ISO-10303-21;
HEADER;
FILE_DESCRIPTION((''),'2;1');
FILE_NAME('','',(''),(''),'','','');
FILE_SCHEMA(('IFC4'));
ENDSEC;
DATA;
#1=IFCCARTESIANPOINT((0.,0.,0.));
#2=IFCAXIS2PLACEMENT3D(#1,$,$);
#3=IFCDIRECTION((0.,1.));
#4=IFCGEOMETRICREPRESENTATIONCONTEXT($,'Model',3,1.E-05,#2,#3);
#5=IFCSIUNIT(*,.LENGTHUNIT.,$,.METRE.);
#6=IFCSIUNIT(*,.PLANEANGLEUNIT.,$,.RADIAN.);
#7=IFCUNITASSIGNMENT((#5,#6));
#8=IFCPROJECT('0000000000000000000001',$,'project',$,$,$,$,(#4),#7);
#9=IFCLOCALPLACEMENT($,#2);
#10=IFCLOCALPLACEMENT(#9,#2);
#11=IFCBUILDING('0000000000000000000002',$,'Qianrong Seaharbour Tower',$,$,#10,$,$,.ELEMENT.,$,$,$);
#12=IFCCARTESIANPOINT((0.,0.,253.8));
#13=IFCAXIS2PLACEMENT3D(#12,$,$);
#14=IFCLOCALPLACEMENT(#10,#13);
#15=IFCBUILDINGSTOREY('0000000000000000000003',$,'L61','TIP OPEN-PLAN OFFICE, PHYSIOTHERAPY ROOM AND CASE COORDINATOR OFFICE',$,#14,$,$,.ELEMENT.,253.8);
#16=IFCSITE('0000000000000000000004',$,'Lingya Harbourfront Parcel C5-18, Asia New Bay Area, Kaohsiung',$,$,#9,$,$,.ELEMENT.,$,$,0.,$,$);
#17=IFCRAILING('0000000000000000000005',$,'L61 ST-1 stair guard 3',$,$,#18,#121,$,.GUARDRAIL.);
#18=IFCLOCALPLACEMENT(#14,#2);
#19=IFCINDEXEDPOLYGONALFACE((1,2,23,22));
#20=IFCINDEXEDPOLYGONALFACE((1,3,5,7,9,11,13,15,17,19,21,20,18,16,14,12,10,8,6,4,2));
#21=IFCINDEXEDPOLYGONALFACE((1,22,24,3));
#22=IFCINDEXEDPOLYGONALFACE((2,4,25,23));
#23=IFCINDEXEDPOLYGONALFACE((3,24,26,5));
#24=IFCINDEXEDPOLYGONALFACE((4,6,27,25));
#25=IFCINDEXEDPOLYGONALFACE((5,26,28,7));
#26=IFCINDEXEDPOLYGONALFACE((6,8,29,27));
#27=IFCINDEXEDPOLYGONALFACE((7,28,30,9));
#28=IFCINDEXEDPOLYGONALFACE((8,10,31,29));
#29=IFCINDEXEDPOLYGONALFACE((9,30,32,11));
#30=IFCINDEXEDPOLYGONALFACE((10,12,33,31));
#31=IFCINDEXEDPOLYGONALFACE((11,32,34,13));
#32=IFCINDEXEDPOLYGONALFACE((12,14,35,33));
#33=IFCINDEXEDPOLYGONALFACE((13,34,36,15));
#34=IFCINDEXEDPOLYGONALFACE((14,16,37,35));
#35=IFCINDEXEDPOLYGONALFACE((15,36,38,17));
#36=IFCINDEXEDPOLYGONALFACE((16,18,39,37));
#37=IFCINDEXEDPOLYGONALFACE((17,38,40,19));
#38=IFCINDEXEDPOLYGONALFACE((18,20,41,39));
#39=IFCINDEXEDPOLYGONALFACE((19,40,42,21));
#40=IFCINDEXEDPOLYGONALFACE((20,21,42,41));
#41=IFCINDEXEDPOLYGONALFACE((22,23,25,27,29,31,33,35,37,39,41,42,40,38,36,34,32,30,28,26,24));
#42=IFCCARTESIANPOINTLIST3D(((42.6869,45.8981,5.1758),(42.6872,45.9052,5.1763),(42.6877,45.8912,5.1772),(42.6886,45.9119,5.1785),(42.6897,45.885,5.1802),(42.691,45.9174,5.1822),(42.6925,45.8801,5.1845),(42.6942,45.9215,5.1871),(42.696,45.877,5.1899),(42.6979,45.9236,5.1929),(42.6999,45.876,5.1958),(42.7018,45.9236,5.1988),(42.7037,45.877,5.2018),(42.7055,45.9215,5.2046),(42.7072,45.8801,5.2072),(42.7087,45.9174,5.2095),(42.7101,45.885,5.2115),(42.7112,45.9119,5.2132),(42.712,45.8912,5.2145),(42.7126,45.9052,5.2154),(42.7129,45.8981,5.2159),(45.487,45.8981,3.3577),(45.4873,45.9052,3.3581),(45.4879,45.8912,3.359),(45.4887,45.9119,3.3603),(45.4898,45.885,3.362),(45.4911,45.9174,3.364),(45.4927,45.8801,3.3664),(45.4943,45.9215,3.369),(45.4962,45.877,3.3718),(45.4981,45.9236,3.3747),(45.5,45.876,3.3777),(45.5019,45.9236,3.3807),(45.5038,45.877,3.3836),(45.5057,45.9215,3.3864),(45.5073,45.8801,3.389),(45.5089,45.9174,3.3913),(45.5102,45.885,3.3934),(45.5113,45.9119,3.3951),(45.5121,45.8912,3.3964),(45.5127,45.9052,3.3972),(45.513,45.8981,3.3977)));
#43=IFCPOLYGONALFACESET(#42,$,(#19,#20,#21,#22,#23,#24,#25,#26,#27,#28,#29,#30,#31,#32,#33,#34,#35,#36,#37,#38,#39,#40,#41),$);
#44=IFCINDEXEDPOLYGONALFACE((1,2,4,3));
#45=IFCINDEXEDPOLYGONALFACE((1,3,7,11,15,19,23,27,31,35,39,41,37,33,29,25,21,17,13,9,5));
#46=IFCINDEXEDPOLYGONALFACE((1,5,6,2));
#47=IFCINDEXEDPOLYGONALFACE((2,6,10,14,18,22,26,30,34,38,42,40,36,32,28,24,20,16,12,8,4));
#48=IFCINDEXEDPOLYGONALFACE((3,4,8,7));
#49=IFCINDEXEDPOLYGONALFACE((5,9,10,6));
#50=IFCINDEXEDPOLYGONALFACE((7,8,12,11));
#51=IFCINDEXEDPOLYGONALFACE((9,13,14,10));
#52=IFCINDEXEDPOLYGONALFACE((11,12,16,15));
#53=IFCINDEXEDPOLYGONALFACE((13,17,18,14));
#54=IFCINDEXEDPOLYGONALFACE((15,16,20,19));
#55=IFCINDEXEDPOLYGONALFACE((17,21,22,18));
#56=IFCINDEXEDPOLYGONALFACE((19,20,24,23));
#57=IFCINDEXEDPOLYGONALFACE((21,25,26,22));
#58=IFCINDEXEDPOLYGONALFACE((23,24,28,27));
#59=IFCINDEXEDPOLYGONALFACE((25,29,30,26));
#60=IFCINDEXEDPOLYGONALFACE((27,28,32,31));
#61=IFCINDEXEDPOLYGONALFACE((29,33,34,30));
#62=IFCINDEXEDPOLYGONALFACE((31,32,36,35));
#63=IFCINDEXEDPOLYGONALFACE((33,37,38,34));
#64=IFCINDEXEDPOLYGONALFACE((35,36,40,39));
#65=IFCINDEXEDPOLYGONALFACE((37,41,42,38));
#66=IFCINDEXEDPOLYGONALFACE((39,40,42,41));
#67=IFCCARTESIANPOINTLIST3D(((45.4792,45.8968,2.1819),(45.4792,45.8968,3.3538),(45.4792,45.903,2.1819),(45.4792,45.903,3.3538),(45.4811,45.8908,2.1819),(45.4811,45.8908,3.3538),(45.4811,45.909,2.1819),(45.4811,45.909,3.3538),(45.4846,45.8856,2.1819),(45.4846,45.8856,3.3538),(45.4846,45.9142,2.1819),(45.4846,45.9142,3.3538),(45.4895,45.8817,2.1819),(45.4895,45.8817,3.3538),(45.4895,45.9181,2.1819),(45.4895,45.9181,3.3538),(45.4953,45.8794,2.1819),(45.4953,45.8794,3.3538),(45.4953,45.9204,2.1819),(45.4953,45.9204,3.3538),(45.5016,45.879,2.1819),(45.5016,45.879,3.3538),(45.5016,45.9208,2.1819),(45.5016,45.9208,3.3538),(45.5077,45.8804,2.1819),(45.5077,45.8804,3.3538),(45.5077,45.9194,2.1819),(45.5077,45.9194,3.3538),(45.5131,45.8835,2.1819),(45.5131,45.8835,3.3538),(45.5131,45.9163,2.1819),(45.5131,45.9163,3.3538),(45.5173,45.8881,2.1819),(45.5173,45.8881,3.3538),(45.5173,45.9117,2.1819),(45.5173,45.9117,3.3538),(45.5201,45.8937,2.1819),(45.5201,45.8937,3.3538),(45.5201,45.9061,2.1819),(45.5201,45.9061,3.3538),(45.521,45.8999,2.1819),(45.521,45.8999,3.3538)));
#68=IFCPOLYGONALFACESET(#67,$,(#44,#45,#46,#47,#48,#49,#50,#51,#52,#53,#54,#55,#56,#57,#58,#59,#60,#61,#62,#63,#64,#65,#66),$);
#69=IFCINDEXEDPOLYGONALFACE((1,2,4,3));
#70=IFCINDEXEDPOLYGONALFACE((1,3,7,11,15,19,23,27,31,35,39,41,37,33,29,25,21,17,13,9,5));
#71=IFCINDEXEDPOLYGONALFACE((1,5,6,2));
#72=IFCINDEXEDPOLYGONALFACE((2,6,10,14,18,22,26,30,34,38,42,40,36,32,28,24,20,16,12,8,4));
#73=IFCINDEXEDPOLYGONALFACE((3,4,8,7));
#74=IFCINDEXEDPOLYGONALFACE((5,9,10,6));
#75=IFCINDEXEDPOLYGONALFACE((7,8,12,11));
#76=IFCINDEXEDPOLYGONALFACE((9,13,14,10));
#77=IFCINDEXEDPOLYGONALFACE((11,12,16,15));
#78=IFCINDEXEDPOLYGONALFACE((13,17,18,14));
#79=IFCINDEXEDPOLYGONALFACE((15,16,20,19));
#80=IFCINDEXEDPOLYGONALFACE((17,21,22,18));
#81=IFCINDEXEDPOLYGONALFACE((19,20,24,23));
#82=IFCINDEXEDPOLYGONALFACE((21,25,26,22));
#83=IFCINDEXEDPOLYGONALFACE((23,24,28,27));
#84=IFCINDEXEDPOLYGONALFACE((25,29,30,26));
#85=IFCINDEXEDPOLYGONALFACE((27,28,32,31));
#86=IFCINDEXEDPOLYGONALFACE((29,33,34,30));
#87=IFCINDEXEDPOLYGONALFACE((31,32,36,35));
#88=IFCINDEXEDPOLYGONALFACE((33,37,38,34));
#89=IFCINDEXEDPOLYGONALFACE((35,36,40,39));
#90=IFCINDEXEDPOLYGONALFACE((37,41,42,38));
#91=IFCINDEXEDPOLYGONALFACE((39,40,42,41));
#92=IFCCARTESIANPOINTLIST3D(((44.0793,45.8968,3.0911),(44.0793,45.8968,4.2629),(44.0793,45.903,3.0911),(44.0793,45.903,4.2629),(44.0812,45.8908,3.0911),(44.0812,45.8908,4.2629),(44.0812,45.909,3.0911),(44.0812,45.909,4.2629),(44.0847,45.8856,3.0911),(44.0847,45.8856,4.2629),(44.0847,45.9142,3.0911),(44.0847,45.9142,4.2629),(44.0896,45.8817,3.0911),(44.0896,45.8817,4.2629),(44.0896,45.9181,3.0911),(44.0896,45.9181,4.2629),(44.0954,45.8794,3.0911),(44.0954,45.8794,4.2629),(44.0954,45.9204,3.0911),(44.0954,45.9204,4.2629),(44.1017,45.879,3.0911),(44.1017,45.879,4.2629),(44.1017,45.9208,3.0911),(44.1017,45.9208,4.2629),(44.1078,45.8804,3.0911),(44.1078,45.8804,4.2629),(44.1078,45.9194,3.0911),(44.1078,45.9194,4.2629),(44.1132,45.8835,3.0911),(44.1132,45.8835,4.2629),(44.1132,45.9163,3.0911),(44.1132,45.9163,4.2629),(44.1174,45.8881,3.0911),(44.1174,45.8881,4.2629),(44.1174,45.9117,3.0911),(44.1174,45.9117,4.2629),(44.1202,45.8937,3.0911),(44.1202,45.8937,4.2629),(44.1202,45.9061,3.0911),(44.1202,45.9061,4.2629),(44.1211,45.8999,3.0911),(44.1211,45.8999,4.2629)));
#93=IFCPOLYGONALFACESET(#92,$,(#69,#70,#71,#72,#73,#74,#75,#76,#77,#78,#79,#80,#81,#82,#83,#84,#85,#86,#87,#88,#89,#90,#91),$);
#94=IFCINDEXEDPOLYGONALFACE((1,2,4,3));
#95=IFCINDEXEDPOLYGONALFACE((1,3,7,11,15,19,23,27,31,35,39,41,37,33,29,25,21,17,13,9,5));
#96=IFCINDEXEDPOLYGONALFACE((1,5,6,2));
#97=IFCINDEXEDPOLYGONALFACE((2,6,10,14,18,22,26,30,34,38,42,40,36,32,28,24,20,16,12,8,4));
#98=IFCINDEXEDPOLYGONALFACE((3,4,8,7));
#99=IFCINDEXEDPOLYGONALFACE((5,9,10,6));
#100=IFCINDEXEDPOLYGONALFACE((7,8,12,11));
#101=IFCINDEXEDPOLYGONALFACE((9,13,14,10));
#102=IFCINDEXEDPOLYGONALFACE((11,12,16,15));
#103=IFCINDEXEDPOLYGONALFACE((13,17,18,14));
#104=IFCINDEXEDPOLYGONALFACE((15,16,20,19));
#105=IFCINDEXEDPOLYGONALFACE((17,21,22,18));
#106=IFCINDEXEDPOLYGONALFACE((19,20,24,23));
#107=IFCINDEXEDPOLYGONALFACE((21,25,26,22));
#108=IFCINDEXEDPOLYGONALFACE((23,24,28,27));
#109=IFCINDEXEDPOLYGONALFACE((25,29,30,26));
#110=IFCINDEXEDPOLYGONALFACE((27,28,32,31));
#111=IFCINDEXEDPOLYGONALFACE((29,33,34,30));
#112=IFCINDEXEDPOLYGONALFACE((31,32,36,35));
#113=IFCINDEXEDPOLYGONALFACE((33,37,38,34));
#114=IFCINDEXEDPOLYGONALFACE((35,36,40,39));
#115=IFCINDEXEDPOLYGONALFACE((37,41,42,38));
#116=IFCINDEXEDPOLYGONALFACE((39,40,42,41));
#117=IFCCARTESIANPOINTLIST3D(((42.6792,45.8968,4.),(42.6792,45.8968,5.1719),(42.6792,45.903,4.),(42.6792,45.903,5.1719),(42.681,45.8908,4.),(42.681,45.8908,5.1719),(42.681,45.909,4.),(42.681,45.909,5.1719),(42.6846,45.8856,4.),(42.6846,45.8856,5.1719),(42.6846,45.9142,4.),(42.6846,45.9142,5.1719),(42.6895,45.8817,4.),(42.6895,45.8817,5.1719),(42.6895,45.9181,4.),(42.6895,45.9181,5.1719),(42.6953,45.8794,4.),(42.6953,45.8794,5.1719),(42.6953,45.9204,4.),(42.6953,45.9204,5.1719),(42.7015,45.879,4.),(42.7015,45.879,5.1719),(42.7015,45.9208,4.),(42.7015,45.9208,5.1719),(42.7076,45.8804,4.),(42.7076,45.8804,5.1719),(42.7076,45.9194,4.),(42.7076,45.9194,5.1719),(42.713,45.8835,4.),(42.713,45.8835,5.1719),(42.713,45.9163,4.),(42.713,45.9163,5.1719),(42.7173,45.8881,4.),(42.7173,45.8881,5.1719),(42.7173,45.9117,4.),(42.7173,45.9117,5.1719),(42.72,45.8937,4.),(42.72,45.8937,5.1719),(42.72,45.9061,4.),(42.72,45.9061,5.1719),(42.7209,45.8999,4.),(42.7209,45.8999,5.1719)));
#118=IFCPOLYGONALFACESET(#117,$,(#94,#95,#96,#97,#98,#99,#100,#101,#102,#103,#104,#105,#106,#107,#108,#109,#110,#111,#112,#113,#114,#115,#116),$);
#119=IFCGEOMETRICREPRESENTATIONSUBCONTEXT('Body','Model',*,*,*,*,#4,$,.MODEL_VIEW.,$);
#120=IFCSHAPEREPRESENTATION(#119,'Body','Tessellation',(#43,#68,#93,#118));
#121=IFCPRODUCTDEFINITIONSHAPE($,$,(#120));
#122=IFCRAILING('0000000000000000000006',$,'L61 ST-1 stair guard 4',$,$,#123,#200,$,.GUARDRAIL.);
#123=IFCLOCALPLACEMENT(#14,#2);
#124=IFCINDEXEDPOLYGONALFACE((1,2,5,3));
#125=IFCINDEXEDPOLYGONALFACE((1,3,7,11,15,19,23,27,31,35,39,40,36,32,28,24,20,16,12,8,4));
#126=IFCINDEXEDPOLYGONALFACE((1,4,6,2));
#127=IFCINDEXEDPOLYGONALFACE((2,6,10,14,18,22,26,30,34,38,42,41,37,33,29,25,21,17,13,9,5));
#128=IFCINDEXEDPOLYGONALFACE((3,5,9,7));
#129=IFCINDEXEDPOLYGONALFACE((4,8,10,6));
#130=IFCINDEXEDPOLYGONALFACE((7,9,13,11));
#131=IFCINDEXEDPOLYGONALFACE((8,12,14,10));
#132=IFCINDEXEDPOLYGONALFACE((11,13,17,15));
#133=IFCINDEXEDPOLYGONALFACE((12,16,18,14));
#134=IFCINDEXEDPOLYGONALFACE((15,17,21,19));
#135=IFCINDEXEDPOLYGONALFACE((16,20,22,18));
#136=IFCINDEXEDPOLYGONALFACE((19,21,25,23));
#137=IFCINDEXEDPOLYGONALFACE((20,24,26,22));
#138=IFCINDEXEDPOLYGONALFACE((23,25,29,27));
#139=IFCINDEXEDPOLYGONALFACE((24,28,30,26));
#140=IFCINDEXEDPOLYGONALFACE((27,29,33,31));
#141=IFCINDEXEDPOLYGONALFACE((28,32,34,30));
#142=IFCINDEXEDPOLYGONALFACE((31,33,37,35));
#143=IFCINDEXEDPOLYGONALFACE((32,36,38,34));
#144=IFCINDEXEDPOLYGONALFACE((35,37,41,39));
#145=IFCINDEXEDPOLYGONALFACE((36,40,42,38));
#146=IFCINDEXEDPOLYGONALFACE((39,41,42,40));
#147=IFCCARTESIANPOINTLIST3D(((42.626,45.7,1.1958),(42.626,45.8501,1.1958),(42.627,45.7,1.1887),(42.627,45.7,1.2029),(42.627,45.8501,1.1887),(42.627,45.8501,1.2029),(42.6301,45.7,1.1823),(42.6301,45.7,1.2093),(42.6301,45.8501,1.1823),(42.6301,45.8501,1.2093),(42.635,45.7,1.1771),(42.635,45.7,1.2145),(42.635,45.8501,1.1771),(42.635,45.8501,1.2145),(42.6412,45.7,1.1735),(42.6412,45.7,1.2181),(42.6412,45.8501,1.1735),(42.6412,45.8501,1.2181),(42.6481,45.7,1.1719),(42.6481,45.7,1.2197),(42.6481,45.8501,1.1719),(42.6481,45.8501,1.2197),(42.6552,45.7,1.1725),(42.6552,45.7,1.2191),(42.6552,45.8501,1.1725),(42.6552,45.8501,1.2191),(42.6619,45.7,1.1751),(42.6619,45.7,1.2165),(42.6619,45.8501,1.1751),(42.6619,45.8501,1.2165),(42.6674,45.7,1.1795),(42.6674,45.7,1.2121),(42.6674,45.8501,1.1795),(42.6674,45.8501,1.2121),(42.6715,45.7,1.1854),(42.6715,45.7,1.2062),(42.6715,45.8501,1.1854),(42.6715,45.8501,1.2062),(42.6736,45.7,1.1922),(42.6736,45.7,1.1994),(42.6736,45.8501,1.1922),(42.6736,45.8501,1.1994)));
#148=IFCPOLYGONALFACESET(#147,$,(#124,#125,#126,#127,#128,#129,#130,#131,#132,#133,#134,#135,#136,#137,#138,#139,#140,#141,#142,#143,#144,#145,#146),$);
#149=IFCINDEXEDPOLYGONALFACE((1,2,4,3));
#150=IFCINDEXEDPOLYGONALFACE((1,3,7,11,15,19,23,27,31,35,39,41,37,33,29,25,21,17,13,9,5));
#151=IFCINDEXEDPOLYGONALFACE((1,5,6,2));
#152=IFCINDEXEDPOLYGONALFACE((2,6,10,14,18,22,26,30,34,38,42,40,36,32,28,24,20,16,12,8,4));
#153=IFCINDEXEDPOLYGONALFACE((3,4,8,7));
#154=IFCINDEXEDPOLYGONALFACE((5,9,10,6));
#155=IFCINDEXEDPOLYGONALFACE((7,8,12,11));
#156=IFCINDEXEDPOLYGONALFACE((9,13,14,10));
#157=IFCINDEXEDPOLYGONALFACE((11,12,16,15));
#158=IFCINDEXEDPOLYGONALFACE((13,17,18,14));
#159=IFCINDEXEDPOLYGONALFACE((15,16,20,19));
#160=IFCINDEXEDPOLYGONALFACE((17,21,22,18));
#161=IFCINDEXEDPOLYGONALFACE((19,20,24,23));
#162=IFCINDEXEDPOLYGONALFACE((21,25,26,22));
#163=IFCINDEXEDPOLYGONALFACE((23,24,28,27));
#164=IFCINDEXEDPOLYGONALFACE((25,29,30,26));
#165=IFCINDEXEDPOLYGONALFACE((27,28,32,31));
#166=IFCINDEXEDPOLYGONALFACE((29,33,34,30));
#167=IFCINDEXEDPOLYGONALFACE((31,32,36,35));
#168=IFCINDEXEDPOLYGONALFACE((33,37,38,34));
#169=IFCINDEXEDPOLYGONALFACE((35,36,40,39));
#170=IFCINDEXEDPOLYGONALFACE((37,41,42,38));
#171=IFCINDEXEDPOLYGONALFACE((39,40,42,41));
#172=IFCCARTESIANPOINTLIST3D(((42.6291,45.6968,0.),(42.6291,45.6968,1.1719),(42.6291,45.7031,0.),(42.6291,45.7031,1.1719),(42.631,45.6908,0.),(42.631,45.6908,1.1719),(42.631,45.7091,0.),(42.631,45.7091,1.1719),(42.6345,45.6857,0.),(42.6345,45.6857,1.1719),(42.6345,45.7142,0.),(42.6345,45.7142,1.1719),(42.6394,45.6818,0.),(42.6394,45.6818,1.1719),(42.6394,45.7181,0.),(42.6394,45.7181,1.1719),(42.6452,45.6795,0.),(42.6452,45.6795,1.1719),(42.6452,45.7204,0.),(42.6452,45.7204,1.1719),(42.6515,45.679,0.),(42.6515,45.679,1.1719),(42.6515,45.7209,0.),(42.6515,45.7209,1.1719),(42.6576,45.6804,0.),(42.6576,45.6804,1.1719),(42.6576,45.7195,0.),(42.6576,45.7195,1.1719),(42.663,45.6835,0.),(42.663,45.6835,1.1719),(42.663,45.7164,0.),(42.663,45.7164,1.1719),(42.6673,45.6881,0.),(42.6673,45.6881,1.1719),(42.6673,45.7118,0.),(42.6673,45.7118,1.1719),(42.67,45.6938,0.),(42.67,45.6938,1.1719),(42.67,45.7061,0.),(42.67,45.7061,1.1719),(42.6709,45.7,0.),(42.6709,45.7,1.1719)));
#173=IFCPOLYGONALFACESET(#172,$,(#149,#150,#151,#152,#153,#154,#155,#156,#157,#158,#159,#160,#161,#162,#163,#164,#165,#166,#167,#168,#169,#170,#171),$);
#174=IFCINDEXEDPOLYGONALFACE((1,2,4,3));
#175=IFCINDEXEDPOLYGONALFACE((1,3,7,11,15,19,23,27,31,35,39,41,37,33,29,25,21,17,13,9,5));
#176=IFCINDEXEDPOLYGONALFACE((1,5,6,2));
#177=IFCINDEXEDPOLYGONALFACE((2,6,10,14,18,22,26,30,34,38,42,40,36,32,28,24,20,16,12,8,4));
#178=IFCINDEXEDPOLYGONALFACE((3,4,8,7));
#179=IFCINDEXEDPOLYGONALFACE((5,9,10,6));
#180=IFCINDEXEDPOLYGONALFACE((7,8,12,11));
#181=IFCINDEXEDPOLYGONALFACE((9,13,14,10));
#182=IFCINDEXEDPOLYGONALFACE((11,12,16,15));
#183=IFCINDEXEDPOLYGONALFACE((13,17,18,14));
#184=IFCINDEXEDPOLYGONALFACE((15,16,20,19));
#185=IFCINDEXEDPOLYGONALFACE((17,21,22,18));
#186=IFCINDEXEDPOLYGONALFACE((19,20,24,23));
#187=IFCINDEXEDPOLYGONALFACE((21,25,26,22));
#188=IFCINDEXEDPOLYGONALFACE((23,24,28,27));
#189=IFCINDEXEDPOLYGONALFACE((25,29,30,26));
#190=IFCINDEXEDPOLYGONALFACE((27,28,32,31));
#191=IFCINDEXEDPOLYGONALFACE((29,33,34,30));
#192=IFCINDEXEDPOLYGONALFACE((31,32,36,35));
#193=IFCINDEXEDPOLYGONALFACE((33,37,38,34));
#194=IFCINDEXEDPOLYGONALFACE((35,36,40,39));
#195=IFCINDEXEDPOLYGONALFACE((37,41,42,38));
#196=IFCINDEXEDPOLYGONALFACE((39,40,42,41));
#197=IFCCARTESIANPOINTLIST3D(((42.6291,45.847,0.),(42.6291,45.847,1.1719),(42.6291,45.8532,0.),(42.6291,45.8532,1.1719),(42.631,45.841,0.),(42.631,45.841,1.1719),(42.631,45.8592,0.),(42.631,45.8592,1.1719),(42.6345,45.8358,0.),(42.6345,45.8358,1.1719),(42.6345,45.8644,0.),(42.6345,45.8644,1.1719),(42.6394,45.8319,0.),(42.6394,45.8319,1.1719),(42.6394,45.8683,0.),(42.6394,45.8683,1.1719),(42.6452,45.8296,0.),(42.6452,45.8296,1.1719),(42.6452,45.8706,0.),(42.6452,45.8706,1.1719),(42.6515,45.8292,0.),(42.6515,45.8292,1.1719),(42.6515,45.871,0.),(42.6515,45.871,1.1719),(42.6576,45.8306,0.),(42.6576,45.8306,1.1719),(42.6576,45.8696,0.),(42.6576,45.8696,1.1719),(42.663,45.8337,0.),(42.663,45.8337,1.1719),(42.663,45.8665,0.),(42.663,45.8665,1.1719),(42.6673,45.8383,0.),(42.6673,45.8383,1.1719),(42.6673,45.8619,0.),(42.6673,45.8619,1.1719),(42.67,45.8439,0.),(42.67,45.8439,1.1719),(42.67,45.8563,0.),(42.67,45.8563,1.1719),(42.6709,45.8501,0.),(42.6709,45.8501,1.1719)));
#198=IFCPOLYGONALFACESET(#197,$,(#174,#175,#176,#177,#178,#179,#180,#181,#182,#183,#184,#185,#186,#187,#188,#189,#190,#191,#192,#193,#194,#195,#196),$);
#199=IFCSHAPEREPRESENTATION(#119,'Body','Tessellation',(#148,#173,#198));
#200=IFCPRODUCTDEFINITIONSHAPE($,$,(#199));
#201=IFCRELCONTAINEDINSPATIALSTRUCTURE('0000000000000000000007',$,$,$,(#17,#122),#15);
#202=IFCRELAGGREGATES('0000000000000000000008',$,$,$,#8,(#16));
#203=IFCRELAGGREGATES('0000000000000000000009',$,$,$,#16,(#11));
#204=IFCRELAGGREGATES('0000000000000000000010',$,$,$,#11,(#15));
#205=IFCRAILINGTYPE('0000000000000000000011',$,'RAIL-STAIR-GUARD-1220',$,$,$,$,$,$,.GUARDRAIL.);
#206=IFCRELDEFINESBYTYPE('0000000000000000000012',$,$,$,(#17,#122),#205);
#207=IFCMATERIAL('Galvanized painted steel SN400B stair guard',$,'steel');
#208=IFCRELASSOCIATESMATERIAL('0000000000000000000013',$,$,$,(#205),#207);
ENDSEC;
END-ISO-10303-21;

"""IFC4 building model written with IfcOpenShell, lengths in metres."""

from ifc_helpers import new_model, si_unit, direction, frame, origin, origin_2d, place, context, subcontext, project, spatial, circle, extrude, material, type_object, element, save


model = new_model("IFC4")

# Units and contexts
model_context = context("Model", 3, precision=1e-05, world=origin(), true_north=direction((0.0, 1.0)))
body_context = subcontext(model_context, "Body", "Model", "MODEL_VIEW")
ifc_project = project(units=[si_unit("LENGTHUNIT", "METRE"), si_unit("PLANEANGLEUNIT", "RADIAN")], contexts=[model_context])

# Site, building, storey
site_placement = place(None, origin())
site = spatial("IfcSite", under=ifc_project, at=site_placement, Name="Lingya Harbourfront Parcel C5-18, Asia New Bay Area, Kaohsiung", CompositionType="ELEMENT", RefElevation=0.0)
building_placement = place(site_placement, origin())
building = spatial("IfcBuilding", under=site, at=building_placement, Name="Qianrong Seaharbour Tower", CompositionType="ELEMENT")
storey_placement = place(building_placement, frame((0.0, 0.0, 253.8)))
storey = spatial("IfcBuildingStorey", under=building, at=storey_placement, Name="L61", Description="TIP OPEN-PLAN OFFICE, PHYSIOTHERAPY ROOM AND CASE COORDINATOR OFFICE", CompositionType="ELEMENT", Elevation=253.8)

# Railings
ifc_material_1 = material(Name="Galvanized painted steel SN400B stair guard", Category="steel")
railing_type_1 = type_object("IfcRailingType", Name="RAIL-STAIR-GUARD-1220", PredefinedType="GUARDRAIL", material=ifc_material_1)
railing_1_placement = place(storey_placement, frame((45.5, 45.8999, 2.1819)))
element("IfcRailing", 1, at=railing_1_placement, inside=storey, type_object=railing_type_1, Name="L61 ST-1 stair guard 3", PredefinedType="GUARDRAIL", context=body_context, shape_type="SweptSolid", body=[
    extrude(circle(Radius=0.0239, at=origin_2d()), frame((0.0, 0.0, 1.1958), z_axis=(-0.838706, 0.0, 0.544585), x_axis=(0.0, -1.0, 0.0)), (0.0, 0.0, 1.0), 3.3386),
    extrude(circle(Radius=0.021, at=origin_2d()), origin(), (0.0, 0.0, 1.0), 1.1719),
    extrude(circle(Radius=0.021, at=origin_2d()), frame((-1.3999, 0.0, 0.9092)), (0.0, 0.0, 1.0), 1.1719),
    extrude(circle(Radius=0.021, at=origin_2d()), frame((-2.8, 0.0, 1.8181)), (0.0, 0.0, 1.0), 1.1719),
])
railing_2_placement = place(storey_placement, frame((42.6499, 45.7, 0.0)))
element("IfcRailing", 2, at=railing_2_placement, inside=storey, type_object=railing_type_1, Name="L61 ST-1 stair guard 4", PredefinedType="GUARDRAIL", context=body_context, shape_type="SweptSolid", body=[
    extrude(circle(Radius=0.0239, at=origin_2d()), frame((0.0, 0.0, 1.1958), z_axis=(0.0, 1.0, 0.0), x_axis=(-1.0, 0.0, 0.0)), (0.0, 0.0, 1.0), 0.1501),
    extrude(circle(Radius=0.021, at=origin_2d()), origin(), (0.0, 0.0, 1.0), 1.1719),
    extrude(circle(Radius=0.021, at=origin_2d()), frame((0.0, 0.1501, 0.0)), (0.0, 0.0, 1.0), 1.1719),
])

save(model, "model.ifc")
